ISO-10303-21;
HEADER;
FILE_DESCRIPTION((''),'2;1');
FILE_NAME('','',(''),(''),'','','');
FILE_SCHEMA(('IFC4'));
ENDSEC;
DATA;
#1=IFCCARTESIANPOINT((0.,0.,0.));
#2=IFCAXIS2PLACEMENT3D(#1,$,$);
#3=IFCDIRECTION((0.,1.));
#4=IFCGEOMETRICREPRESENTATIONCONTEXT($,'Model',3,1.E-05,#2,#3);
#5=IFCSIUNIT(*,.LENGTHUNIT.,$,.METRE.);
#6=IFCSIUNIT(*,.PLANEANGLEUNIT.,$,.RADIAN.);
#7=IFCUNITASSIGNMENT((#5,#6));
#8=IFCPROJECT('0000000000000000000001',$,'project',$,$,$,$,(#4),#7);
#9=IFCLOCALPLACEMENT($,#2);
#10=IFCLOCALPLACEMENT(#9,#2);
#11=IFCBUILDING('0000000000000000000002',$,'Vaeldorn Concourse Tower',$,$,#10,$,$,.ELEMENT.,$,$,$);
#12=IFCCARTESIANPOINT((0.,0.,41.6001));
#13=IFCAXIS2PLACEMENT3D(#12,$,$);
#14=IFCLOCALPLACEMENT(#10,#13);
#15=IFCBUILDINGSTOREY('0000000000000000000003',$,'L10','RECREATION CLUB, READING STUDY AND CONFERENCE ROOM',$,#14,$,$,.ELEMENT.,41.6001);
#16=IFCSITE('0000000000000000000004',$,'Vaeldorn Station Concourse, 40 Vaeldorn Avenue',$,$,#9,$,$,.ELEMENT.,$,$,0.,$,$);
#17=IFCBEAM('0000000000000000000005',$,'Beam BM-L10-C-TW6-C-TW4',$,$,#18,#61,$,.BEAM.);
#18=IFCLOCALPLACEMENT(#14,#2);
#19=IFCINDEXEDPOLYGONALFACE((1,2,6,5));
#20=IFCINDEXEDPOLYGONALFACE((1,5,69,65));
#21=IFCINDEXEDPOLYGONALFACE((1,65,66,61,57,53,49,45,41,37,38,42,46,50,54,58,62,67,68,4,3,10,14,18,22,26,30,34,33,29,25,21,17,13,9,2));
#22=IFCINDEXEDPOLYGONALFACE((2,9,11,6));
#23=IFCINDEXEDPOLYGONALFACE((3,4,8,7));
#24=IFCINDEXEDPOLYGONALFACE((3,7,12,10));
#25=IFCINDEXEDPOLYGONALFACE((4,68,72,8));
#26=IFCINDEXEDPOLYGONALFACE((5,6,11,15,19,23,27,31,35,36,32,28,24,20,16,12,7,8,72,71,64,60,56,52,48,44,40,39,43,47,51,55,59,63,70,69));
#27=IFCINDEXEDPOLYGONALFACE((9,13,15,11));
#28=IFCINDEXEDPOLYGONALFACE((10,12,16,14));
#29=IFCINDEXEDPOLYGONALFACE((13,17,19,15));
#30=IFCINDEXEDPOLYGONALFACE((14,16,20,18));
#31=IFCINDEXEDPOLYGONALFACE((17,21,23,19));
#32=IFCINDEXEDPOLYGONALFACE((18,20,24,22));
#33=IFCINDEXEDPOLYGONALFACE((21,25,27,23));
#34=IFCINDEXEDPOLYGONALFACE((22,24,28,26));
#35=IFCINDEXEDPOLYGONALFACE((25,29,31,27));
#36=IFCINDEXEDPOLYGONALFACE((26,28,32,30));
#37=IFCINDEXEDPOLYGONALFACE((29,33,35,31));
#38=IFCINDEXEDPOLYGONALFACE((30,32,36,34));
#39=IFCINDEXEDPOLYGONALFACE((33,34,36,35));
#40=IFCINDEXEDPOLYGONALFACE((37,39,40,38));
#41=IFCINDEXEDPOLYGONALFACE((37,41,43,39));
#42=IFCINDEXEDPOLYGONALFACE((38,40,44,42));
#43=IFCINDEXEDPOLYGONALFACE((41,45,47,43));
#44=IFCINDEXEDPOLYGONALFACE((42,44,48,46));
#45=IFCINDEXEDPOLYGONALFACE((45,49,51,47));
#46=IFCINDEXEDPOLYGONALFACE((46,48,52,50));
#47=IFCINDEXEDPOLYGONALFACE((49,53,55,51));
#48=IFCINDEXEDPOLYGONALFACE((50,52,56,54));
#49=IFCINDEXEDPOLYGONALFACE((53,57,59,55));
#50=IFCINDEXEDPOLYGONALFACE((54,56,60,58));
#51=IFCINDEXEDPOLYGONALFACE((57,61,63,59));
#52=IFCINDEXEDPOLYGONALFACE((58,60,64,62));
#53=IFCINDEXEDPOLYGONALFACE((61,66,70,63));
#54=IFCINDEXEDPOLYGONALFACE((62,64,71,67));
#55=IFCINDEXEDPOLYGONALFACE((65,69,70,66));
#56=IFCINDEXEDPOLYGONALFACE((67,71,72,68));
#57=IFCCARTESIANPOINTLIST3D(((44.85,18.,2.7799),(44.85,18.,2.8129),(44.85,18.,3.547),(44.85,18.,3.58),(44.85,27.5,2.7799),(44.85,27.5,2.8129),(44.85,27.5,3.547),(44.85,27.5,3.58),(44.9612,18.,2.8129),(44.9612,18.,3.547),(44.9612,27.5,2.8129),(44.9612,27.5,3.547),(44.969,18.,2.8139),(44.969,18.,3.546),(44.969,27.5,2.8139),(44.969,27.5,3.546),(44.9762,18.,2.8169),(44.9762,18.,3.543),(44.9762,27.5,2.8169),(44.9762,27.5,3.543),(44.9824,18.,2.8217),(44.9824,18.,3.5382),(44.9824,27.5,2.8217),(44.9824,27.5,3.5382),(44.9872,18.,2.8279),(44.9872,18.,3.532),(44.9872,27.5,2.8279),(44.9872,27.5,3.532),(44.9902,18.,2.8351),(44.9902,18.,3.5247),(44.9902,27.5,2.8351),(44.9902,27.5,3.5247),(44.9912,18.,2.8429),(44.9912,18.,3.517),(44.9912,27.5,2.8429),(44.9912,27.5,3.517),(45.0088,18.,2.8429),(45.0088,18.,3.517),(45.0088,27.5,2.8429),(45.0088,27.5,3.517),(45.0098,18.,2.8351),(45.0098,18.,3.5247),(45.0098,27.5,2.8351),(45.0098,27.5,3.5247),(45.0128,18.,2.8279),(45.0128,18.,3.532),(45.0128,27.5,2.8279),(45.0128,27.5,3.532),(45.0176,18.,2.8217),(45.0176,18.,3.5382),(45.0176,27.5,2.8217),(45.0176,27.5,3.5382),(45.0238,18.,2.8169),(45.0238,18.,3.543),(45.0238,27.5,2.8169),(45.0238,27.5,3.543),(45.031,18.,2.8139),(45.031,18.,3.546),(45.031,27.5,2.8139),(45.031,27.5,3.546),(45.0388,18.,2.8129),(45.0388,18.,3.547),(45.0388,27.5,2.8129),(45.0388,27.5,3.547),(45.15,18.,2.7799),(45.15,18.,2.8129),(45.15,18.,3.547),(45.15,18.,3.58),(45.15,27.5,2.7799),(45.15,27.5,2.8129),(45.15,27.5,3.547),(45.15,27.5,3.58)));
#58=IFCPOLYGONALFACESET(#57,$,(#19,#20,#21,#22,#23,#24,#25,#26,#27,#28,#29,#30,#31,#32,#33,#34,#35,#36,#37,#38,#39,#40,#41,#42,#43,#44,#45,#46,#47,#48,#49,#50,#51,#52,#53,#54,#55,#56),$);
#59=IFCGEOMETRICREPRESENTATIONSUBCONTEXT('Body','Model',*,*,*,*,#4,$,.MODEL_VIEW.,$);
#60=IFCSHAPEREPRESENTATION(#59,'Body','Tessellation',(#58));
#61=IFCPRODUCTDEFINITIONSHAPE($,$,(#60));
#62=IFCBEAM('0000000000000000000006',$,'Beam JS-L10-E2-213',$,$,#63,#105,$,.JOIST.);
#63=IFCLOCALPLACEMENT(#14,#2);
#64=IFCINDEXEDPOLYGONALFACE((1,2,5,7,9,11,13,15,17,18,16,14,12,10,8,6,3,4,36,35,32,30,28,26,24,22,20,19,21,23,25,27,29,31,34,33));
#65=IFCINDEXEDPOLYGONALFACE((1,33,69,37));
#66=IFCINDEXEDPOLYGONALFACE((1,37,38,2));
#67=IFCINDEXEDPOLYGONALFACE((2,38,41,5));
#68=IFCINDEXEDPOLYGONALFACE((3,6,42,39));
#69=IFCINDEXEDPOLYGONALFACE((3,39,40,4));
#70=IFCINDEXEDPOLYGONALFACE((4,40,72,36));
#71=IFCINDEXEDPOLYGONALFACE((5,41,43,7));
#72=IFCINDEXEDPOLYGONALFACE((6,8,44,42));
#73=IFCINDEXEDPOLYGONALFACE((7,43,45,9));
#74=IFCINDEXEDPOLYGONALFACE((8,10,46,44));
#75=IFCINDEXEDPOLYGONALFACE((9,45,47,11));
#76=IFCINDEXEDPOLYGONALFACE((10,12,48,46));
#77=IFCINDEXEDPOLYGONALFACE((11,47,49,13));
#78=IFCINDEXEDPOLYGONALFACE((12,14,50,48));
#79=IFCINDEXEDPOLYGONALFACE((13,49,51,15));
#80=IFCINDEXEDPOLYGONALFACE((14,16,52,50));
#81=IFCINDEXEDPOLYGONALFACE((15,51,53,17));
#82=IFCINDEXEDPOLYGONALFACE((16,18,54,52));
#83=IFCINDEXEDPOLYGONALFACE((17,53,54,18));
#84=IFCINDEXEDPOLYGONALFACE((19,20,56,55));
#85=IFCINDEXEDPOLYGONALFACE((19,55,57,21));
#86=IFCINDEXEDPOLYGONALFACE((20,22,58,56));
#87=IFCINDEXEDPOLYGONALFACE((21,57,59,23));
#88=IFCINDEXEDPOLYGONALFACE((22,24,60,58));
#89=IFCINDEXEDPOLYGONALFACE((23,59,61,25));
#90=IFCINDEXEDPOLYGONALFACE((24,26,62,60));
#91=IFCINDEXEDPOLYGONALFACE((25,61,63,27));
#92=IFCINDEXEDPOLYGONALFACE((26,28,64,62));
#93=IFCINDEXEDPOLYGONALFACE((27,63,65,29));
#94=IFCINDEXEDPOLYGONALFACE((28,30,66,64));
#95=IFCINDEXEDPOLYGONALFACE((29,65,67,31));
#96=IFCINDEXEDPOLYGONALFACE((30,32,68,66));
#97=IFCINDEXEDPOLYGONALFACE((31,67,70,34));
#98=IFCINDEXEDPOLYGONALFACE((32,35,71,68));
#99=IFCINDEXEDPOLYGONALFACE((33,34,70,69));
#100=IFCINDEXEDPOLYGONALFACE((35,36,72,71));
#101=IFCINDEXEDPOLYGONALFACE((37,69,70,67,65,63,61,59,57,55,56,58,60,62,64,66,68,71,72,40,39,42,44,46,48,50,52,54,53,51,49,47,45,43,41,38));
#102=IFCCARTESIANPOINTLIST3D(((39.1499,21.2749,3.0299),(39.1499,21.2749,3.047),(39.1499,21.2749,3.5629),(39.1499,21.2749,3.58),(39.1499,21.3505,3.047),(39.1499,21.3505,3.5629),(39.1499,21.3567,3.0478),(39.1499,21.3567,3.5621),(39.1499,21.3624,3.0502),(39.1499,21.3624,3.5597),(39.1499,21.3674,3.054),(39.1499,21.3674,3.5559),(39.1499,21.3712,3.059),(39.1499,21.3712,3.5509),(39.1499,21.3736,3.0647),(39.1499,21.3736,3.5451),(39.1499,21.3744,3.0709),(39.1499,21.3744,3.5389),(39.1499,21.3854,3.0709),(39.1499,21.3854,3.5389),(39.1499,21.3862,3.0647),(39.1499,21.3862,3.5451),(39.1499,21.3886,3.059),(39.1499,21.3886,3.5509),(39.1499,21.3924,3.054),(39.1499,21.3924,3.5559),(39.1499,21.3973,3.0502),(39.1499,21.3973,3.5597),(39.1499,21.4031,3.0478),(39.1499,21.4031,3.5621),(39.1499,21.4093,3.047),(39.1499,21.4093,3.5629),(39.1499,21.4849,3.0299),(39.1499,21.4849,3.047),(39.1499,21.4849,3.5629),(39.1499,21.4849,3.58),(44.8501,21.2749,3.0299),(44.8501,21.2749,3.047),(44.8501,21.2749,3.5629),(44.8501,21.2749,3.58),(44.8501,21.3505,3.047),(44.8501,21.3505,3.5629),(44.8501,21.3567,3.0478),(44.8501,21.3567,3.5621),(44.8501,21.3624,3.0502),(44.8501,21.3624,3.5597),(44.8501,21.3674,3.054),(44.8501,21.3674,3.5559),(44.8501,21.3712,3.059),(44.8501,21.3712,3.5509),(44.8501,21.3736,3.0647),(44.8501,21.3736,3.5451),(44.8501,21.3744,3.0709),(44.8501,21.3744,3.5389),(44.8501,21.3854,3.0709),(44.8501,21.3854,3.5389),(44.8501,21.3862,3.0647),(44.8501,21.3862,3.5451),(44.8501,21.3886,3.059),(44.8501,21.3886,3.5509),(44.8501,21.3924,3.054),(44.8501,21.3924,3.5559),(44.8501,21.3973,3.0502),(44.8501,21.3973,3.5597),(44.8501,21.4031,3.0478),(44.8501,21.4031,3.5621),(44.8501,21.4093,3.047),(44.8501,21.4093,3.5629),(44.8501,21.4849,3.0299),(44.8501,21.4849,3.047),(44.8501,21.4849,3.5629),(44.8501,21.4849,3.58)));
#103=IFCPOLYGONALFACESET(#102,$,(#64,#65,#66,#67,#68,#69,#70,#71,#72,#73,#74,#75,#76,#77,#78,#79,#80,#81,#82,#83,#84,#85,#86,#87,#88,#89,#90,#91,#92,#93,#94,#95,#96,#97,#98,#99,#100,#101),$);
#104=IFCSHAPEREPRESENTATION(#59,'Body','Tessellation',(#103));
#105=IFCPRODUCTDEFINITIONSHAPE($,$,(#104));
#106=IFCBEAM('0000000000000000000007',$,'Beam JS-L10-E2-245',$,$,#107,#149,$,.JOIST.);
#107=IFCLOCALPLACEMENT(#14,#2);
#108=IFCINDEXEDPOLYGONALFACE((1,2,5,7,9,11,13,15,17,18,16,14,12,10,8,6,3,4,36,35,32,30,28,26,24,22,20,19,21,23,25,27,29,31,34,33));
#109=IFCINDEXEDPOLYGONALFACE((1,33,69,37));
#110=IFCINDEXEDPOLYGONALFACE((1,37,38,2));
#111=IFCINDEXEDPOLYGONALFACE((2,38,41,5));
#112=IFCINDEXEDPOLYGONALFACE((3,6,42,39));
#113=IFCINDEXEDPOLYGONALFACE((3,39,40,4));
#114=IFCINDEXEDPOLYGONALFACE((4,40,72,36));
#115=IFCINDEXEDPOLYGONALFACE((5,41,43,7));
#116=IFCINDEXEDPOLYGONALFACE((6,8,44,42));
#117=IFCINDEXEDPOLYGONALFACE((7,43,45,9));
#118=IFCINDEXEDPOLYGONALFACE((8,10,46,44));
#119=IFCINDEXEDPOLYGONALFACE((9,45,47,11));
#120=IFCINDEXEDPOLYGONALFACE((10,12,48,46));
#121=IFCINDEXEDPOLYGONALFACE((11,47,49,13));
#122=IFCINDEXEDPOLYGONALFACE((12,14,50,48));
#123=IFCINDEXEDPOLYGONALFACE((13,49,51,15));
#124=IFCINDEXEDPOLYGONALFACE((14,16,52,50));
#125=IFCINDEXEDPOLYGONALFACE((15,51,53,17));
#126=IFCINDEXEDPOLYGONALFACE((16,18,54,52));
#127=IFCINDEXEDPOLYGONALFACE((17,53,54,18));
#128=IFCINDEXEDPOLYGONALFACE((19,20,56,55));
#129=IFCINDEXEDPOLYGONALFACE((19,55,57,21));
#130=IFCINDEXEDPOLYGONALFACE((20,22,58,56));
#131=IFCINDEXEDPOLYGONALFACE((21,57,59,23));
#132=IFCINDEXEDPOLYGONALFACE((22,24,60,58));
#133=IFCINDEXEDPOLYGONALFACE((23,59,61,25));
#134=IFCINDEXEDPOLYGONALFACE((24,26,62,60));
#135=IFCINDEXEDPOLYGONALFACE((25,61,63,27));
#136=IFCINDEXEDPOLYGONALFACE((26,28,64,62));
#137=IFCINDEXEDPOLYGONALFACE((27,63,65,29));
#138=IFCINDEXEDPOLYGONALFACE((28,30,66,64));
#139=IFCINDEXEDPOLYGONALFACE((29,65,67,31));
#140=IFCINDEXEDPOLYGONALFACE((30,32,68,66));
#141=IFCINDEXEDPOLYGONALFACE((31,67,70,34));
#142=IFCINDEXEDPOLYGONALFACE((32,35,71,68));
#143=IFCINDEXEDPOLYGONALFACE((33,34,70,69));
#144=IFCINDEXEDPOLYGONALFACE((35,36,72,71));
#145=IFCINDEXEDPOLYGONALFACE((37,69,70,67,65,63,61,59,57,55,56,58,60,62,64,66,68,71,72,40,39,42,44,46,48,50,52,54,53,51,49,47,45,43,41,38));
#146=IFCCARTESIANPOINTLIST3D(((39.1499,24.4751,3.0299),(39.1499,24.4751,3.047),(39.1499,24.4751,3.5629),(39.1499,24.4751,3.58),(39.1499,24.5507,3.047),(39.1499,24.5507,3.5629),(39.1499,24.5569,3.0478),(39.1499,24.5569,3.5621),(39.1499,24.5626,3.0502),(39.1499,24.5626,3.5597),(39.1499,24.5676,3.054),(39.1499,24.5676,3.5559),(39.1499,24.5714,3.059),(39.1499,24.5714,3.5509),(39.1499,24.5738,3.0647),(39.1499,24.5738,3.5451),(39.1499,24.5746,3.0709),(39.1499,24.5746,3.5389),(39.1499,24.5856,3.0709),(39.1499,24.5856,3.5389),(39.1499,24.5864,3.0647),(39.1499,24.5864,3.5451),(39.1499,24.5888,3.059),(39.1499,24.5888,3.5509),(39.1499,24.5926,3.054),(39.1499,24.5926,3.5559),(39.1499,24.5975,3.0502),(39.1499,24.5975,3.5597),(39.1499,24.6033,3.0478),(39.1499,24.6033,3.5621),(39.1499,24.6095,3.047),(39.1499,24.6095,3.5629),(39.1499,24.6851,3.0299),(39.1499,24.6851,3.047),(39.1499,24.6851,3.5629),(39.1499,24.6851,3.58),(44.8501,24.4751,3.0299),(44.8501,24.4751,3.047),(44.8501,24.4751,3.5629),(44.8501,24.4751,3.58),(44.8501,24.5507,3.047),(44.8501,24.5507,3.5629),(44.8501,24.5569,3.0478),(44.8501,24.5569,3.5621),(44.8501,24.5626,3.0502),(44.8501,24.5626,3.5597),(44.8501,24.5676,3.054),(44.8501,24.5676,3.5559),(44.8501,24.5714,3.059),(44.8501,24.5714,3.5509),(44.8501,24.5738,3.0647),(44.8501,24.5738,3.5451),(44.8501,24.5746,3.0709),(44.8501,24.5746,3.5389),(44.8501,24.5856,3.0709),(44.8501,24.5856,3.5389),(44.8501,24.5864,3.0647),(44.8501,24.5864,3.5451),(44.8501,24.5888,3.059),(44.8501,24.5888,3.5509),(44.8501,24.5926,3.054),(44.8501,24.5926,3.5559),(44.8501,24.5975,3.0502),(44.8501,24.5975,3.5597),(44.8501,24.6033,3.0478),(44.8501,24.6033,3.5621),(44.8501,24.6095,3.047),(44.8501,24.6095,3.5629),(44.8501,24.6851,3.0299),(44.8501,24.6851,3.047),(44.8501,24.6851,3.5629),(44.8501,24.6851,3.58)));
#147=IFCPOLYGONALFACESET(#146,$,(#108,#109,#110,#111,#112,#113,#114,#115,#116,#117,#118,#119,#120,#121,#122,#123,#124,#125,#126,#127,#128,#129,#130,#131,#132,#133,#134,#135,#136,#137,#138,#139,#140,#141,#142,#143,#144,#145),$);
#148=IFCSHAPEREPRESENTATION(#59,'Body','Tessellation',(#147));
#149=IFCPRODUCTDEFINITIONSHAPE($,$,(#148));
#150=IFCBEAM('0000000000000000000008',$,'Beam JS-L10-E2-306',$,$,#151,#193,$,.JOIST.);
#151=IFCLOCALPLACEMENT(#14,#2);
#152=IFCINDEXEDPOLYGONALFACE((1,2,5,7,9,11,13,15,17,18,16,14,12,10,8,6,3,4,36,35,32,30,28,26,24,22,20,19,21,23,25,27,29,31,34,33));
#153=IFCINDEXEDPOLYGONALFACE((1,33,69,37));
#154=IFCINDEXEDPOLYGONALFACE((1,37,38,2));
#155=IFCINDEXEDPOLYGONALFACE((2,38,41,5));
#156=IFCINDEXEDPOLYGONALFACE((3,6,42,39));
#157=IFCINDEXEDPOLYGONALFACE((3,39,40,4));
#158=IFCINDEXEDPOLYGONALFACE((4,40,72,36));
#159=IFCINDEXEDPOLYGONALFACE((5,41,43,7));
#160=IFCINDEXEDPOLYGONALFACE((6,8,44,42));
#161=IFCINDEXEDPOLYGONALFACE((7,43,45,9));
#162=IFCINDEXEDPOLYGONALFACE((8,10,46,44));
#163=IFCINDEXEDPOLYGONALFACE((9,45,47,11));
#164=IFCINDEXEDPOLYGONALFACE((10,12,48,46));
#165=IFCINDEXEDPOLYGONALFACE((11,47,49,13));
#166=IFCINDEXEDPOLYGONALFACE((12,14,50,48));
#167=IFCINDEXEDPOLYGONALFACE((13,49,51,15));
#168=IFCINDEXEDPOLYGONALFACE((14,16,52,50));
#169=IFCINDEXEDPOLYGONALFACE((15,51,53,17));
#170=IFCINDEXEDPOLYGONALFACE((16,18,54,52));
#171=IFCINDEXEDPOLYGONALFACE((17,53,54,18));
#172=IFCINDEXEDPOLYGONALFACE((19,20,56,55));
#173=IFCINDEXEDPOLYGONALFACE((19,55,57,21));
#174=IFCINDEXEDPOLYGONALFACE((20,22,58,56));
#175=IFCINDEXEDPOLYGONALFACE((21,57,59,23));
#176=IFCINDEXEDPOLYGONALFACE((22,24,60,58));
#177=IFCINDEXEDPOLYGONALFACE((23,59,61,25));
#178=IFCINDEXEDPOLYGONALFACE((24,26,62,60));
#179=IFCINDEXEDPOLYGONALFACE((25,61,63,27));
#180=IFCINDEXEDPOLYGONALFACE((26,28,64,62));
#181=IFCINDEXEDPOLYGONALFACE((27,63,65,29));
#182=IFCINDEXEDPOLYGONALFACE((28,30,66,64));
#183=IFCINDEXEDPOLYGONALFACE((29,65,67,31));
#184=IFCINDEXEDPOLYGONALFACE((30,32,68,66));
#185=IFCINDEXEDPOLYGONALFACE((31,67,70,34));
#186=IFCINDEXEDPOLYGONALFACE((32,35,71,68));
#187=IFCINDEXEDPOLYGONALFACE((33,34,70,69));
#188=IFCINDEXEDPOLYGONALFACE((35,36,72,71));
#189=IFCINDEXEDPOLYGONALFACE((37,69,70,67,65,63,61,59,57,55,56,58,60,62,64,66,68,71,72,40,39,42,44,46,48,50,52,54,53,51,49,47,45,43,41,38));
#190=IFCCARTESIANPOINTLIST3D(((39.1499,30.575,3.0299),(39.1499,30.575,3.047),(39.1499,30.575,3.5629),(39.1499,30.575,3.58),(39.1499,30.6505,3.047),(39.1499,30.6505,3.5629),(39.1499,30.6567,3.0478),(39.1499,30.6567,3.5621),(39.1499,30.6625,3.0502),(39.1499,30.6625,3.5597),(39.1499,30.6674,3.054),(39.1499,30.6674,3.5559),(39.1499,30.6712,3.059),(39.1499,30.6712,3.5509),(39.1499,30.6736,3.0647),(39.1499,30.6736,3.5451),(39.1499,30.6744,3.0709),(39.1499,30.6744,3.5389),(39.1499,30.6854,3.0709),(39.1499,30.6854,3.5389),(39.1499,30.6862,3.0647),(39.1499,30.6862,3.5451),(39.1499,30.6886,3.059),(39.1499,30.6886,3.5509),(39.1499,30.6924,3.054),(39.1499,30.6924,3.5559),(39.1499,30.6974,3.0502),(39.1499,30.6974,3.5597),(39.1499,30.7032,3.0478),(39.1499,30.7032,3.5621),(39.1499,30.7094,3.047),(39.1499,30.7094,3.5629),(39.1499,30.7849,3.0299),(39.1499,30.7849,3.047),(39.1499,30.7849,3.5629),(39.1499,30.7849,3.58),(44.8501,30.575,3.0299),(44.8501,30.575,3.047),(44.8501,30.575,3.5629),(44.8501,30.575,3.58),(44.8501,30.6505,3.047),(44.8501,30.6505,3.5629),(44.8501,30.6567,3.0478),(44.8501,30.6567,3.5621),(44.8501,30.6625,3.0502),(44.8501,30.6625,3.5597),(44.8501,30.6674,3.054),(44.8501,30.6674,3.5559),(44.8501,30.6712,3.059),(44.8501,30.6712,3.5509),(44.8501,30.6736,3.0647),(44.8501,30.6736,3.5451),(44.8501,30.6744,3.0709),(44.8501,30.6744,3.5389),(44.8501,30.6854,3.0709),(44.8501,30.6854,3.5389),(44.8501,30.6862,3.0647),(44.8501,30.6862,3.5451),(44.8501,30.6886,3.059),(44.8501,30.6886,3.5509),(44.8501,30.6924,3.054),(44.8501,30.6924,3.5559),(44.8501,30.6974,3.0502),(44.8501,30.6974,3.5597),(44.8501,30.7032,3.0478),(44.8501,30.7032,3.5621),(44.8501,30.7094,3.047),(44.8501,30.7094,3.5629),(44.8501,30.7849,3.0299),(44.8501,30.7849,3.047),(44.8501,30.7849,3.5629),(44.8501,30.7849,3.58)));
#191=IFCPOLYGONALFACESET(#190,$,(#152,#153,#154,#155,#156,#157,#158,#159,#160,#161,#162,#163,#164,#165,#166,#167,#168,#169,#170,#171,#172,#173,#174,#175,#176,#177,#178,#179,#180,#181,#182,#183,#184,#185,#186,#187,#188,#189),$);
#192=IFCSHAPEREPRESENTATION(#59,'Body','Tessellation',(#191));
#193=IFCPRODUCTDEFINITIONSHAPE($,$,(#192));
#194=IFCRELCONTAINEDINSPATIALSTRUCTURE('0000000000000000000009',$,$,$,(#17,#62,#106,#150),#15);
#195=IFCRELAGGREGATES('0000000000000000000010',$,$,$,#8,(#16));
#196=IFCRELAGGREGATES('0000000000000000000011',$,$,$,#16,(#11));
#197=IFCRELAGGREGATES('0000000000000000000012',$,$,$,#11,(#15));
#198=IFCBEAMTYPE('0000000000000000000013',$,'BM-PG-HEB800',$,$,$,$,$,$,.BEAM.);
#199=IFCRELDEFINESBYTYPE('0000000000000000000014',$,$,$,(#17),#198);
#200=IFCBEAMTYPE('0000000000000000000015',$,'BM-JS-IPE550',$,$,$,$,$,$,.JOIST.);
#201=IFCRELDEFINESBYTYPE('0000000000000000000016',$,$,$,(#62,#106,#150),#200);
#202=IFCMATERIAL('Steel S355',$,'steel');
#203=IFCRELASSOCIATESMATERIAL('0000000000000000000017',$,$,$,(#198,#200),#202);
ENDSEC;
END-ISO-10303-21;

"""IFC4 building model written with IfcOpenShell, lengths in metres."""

from ifc_helpers import new_model, si_unit, direction, frame, origin, origin_2d, place, context, subcontext, project, spatial, i_section, extrude, source, transform, mapped, material, material_profile, profile_set, type_object, element, save


model = new_model("IFC4")

# Units and contexts
model_context = context("Model", 3, precision=1e-05, world=origin(), true_north=direction((0.0, 1.0)))
body_context = subcontext(model_context, "Body", "Model", "MODEL_VIEW")
ifc_project = project(units=[si_unit("LENGTHUNIT", "METRE"), si_unit("PLANEANGLEUNIT", "RADIAN")], contexts=[model_context])

# Site, building, storey
site_placement = place(None, origin())
site = spatial("IfcSite", under=ifc_project, at=site_placement, Name="Vaeldorn Station Concourse, 40 Vaeldorn Avenue", CompositionType="ELEMENT", RefElevation=0.0)
building_placement = place(site_placement, origin())
building = spatial("IfcBuilding", under=site, at=building_placement, Name="Vaeldorn Concourse Tower", CompositionType="ELEMENT")
storey_placement = place(building_placement, frame((0.0, 0.0, 41.6001)))
storey = spatial("IfcBuildingStorey", under=building, at=storey_placement, Name="L10", Description="RECREATION CLUB, READING STUDY AND CONFERENCE ROOM", CompositionType="ELEMENT", Elevation=41.6001)

# Beams
ifc_material_1 = material(Name="Steel S355", Category="steel")
ifc_material_profile_1 = material_profile(ifc_material_1, i_section(OverallWidth=0.3, OverallDepth=0.8, WebThickness=0.0176, FlangeThickness=0.033, FilletRadius=0.03, at=origin_2d()), Name="HEB 800")
ifc_profile_set_1 = profile_set([ifc_material_profile_1], Name="Steel S355")
beam_type_1 = type_object("IfcBeamType", Name="BM-PG-HEB800", PredefinedType="BEAM", material=ifc_profile_set_1)
shared_shape_1 = source(origin(), body_context, "Body", "SweptSolid", [
    extrude(i_section(OverallWidth=0.3, OverallDepth=0.8, WebThickness=0.0176, FlangeThickness=0.033, FilletRadius=0.03, at=origin_2d()), origin(), (0.0, 0.0, 1.0), 9.5),
])
beam_1_placement = place(storey_placement, frame((45.0, 18.0, 3.1799), z_axis=(0.0, 1.0, 0.0), x_axis=(-1.0, 0.0, 0.0)))
element("IfcBeam", 1, at=beam_1_placement, inside=storey, type_object=beam_type_1, Name="Beam BM-L10-C-TW6-C-TW4", PredefinedType="BEAM", context=body_context, shape_type="MappedRepresentation", body=[
    mapped(shared_shape_1, transform((0.0, 0.0, 0.0), scale=1.0)),
])
ifc_material_profile_2 = material_profile(ifc_material_1, i_section(OverallWidth=0.21, OverallDepth=0.55, WebThickness=0.011, FlangeThickness=0.0171, FilletRadius=0.0239, at=origin_2d()), Name="IPE 550")
ifc_profile_set_2 = profile_set([ifc_material_profile_2], Name="Steel S355")
beam_type_2 = type_object("IfcBeamType", Name="BM-JS-IPE550", PredefinedType="JOIST", material=ifc_profile_set_2)
shared_shape_2 = source(origin(), body_context, "Body", "SweptSolid", [
    extrude(i_section(OverallWidth=0.21, OverallDepth=0.55, WebThickness=0.011, FlangeThickness=0.0171, FilletRadius=0.0239, at=origin_2d()), origin(), (0.0, 0.0, 1.0), 5.7002),
])
for number, where, z_axis, x_axis, name in (
    (2, (39.1499, 21.3799, 3.3049), (1.0, 0.0, 0.0), (0.0, 1.0, 0.0), "Beam JS-L10-E2-213"),
    (3, (39.1499, 24.5801, 3.3049), (1.0, 0.0, 0.0), (0.0, 1.0, 0.0), "Beam JS-L10-E2-245"),
    (4, (39.1499, 30.6799, 3.3049), (1.0, 0.0, 0.0), (0.0, 1.0, 0.0), "Beam JS-L10-E2-306"),
):
    element("IfcBeam", number, at=place(storey_placement, frame(where, z_axis=z_axis, x_axis=x_axis)), inside=storey, type_object=beam_type_2, Name=name, PredefinedType="JOIST", context=body_context, shape_type="MappedRepresentation", body=[
        mapped(shared_shape_2, transform((0.0, 0.0, 0.0), scale=1.0)),
    ])

save(model, "model.ifc")
